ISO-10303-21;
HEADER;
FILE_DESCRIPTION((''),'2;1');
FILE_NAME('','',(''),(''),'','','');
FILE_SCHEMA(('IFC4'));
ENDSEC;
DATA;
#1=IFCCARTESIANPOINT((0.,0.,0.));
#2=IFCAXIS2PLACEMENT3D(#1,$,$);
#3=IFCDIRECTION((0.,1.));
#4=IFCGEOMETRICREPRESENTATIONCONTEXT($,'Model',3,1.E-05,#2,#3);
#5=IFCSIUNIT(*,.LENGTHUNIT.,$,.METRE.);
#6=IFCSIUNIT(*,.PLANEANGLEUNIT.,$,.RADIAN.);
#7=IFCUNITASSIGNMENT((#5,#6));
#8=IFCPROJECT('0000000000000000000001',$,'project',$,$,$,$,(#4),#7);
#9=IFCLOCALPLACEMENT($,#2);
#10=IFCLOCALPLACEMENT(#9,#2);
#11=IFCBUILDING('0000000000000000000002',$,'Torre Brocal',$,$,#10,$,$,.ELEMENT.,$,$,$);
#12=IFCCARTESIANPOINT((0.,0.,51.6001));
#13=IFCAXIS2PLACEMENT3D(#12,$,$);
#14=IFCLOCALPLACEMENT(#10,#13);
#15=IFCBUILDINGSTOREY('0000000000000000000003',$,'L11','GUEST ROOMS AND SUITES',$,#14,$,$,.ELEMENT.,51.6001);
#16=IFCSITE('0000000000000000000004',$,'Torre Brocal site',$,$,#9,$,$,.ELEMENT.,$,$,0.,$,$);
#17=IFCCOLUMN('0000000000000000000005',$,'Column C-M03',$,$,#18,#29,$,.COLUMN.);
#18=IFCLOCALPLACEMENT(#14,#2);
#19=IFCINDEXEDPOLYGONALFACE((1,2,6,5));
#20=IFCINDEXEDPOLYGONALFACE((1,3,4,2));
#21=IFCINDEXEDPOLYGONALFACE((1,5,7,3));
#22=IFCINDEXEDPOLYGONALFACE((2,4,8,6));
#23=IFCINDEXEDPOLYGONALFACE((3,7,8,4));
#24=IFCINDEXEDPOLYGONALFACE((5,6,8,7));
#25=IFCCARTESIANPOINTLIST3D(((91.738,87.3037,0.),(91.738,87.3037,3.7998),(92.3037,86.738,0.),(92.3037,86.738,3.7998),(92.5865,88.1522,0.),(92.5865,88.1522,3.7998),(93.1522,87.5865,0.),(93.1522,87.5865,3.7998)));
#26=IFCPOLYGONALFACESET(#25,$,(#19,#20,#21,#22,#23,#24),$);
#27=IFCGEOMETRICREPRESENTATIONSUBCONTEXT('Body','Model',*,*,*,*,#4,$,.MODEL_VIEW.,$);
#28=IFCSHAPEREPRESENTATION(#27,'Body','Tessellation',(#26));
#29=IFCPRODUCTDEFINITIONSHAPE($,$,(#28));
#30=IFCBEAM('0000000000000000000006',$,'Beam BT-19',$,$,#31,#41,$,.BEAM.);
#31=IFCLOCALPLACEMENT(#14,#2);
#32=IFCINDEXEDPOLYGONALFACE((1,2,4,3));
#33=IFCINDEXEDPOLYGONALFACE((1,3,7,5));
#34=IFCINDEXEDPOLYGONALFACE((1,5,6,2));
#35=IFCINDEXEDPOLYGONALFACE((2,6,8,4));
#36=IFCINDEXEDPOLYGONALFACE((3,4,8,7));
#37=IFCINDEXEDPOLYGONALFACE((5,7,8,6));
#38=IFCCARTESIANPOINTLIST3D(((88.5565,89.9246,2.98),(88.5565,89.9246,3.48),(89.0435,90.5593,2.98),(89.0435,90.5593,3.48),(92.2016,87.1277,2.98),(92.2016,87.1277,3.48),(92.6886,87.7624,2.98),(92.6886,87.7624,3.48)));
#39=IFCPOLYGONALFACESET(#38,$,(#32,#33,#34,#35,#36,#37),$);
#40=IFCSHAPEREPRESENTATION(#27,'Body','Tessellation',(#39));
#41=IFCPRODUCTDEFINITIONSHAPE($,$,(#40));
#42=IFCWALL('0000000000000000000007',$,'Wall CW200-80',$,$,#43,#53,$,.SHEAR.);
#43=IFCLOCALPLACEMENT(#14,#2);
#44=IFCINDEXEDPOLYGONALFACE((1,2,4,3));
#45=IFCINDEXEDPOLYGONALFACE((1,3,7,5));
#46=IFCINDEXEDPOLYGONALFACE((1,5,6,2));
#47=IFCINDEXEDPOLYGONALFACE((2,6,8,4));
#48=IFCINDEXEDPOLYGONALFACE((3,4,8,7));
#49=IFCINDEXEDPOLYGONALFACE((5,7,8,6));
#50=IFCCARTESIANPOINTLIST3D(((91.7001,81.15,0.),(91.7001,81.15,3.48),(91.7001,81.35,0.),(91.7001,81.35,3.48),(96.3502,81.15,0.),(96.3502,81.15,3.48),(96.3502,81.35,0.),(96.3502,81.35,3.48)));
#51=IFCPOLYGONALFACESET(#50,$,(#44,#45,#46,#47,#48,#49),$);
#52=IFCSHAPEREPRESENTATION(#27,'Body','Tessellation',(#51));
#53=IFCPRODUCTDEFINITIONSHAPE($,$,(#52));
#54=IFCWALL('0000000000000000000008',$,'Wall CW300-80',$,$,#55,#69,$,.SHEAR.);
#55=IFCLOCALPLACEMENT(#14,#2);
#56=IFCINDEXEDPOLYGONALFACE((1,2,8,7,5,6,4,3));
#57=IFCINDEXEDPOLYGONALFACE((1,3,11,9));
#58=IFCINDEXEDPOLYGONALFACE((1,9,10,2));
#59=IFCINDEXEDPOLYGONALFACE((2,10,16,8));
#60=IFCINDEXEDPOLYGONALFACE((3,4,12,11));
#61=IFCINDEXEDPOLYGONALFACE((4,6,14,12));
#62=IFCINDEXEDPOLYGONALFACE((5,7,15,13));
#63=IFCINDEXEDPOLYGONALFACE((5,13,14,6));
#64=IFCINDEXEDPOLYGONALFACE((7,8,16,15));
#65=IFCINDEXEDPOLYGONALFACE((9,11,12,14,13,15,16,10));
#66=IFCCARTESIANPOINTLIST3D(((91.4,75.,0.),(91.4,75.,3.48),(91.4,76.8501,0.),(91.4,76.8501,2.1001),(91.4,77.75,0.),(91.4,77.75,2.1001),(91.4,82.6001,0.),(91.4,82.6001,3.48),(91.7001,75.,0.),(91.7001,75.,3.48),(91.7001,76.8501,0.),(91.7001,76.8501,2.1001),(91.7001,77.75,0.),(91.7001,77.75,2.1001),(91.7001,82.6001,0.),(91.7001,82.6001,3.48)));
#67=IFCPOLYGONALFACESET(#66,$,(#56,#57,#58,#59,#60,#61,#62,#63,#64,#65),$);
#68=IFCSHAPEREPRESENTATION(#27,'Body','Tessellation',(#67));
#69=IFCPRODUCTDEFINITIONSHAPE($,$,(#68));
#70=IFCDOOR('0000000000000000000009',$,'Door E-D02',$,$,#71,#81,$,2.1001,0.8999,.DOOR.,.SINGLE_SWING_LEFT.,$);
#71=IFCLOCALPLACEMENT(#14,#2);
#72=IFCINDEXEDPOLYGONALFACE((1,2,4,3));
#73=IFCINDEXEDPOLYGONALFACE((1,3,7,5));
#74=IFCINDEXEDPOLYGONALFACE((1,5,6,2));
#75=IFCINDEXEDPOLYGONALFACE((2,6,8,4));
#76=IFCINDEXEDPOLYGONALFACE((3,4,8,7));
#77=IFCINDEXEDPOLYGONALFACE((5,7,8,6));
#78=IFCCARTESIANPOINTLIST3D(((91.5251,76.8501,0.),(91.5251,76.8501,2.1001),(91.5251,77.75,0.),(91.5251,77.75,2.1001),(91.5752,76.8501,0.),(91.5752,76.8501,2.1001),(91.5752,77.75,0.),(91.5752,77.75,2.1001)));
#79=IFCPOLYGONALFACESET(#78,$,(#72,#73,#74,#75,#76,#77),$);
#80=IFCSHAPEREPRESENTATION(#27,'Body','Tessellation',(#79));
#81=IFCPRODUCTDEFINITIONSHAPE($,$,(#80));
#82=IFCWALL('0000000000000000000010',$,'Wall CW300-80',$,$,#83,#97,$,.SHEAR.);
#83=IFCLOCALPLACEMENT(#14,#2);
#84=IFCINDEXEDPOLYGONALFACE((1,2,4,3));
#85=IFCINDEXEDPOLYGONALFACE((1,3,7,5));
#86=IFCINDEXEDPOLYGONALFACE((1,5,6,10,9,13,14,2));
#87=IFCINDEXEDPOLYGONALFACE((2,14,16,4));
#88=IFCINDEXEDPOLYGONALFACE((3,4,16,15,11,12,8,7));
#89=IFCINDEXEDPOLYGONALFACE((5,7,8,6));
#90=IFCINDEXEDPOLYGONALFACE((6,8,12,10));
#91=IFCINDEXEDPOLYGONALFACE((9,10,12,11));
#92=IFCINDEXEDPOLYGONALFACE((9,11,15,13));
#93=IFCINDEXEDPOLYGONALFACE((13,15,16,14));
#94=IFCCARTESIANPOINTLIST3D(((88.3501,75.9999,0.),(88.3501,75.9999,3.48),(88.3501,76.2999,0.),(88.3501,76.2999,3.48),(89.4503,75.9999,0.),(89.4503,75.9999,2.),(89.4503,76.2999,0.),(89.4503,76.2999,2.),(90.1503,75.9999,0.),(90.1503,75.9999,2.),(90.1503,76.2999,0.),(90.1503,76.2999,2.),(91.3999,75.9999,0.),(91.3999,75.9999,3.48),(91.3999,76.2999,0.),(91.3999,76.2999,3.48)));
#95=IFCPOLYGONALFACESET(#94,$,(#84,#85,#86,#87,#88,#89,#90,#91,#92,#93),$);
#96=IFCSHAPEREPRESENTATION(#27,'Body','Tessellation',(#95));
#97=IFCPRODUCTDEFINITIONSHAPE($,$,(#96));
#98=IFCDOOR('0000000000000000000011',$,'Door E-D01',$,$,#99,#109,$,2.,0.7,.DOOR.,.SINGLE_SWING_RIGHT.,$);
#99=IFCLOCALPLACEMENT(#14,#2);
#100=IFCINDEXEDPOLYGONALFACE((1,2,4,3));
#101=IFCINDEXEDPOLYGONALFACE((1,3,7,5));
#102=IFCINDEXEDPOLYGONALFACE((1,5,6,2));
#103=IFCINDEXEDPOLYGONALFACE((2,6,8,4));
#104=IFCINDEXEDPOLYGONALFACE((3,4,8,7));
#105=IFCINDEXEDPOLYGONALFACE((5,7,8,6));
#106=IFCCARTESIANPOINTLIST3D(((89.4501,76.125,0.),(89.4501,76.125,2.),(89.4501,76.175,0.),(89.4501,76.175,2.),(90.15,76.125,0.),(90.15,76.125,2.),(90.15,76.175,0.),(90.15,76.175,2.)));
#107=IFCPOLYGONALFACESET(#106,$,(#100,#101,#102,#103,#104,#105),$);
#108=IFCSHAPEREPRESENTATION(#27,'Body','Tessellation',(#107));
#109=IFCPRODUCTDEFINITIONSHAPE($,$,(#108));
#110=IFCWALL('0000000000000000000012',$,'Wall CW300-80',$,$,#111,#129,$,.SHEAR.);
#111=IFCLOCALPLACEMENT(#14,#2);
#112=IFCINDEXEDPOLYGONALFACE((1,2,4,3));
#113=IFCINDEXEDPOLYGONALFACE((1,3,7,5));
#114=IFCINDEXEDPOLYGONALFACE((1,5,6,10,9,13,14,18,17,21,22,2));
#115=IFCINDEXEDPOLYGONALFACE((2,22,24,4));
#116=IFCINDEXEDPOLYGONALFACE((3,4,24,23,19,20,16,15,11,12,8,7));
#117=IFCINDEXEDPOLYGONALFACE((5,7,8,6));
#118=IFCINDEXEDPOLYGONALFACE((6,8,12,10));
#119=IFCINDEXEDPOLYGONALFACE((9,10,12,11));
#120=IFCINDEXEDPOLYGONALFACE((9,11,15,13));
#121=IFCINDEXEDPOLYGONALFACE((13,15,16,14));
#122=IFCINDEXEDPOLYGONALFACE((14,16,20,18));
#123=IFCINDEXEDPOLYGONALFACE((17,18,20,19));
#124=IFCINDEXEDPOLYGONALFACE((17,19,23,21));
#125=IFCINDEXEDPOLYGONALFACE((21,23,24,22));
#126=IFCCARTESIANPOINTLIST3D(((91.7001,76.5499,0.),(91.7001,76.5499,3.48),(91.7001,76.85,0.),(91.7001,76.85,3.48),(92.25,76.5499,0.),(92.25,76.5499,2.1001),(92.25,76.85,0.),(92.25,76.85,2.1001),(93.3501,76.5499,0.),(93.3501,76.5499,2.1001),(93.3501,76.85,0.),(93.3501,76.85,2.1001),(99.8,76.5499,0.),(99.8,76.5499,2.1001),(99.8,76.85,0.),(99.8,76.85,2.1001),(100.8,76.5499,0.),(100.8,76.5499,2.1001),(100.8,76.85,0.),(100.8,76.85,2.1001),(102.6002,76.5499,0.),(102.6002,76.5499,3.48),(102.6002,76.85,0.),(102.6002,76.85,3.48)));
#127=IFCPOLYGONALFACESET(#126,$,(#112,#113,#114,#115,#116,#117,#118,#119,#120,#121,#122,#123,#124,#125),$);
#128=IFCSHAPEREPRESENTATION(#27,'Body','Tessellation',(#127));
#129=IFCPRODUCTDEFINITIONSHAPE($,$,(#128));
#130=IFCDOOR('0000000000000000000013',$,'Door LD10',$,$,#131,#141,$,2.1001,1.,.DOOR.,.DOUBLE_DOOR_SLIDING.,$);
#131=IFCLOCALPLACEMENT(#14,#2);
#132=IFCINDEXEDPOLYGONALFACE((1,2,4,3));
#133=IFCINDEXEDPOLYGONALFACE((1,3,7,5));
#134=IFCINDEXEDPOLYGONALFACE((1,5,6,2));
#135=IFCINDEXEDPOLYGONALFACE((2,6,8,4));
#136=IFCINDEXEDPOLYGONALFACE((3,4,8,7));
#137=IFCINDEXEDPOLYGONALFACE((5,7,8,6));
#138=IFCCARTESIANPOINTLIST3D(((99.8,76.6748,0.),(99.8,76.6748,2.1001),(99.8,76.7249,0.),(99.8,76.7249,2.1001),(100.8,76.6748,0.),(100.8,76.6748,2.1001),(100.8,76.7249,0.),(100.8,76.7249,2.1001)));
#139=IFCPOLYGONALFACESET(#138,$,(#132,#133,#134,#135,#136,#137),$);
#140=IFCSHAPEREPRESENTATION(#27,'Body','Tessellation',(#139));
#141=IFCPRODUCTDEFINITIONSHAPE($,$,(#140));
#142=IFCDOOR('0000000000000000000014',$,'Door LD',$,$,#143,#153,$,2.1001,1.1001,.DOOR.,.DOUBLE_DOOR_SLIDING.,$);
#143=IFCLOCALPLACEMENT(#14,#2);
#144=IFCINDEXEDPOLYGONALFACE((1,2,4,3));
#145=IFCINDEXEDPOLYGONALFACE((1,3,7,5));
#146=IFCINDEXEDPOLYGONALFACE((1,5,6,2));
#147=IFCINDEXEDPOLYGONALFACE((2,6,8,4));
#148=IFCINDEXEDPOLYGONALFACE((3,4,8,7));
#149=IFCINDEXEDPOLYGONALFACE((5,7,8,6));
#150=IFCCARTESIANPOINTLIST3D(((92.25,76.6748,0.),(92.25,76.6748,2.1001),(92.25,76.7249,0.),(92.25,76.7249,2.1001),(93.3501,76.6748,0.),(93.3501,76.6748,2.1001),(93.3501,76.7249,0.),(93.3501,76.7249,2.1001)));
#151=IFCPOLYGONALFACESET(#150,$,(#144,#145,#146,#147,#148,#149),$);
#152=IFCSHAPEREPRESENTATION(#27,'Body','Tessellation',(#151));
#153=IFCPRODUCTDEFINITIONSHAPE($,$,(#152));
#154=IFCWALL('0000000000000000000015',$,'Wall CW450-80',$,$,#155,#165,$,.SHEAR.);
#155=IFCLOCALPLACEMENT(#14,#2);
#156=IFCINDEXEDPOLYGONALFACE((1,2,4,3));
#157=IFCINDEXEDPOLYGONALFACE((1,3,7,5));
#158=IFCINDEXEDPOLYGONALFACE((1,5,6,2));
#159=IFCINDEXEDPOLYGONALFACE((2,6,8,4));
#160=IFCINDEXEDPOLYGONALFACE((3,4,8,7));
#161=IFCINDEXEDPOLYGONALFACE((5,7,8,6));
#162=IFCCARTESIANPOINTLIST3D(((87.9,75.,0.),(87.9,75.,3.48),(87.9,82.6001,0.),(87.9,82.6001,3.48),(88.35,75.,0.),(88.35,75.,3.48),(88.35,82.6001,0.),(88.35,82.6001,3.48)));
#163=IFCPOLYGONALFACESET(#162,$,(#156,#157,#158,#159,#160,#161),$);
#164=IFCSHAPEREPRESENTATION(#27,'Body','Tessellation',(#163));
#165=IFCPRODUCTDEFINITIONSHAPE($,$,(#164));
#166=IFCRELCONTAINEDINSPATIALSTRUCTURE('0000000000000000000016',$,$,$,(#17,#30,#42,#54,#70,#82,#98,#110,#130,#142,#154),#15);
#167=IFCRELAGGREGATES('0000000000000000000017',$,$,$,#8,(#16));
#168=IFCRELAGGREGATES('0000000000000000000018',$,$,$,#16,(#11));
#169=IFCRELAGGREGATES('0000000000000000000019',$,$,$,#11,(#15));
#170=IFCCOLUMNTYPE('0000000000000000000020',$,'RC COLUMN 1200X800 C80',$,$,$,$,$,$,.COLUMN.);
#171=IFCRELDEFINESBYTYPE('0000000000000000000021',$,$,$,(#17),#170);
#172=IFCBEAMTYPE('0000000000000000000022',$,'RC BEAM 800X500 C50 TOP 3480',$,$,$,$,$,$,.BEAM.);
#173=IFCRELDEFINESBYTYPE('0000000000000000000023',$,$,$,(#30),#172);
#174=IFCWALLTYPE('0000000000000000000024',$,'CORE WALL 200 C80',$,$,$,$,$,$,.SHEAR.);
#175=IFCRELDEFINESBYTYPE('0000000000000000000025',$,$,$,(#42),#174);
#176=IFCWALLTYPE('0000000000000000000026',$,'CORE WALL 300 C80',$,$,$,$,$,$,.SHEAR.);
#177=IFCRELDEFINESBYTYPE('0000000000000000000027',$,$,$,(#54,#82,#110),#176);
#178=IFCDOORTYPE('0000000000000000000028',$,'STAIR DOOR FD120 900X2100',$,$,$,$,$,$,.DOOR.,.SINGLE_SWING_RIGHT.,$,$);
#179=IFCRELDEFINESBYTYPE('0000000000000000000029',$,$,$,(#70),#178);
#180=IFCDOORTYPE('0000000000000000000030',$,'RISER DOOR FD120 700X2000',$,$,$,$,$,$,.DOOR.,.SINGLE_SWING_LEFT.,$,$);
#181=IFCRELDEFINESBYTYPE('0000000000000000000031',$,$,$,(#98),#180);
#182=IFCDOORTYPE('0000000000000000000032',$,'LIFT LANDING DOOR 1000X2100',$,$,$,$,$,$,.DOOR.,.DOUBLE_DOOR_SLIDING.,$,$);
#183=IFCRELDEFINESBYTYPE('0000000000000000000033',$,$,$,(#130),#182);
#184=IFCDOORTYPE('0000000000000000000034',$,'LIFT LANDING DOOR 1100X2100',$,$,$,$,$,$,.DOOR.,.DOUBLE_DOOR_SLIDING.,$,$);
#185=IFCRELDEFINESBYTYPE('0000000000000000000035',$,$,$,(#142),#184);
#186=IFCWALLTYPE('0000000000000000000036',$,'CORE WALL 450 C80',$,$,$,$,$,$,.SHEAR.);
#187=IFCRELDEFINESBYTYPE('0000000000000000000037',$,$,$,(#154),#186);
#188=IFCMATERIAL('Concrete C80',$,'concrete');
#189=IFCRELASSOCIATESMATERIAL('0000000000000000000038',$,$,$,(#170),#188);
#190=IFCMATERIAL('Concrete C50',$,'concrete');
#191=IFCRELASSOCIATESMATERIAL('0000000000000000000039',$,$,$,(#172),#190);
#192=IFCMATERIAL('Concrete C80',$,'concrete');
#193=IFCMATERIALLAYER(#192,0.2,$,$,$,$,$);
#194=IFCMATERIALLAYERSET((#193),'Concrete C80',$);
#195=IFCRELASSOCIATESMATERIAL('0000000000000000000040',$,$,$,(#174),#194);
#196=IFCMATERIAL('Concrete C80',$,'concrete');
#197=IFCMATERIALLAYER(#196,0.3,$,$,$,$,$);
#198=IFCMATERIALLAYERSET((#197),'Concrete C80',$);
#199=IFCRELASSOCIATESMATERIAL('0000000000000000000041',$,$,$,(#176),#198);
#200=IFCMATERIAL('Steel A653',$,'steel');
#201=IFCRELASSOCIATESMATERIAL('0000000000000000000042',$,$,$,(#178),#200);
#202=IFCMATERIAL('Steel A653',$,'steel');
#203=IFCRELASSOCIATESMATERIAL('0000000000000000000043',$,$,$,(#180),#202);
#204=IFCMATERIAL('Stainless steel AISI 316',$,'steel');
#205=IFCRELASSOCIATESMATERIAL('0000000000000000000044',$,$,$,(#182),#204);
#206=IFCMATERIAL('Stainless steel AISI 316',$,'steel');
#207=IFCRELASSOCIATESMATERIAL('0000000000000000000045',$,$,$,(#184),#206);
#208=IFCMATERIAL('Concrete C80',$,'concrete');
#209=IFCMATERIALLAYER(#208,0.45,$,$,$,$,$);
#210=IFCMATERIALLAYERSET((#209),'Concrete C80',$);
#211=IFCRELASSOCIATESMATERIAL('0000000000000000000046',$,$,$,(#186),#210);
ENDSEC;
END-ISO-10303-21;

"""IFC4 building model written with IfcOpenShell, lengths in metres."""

from ifc_helpers import new_model, si_unit, direction, frame, frame_2d, origin, origin_2d, place, context, subcontext, project, spatial, rectangle, extrude, material, layer, layer_set, material_profile, profile_set, type_object, element, fill, save


model = new_model("IFC4")

# Units and contexts
model_context = context("Model", 3, precision=1e-05, world=origin(), true_north=direction((0.0, 1.0)))
body_context = subcontext(model_context, "Body", "Model", "MODEL_VIEW")
ifc_project = project(units=[si_unit("LENGTHUNIT", "METRE"), si_unit("PLANEANGLEUNIT", "RADIAN")], contexts=[model_context])

# Site, building, storey
site_placement = place(None, origin())
site = spatial("IfcSite", under=ifc_project, at=site_placement, Name="Torre Brocal site", CompositionType="ELEMENT", RefElevation=0.0)
building_placement = place(site_placement, origin())
building = spatial("IfcBuilding", under=site, at=building_placement, Name="Torre Brocal", CompositionType="ELEMENT")
storey_placement = place(building_placement, frame((0.0, 0.0, 51.6001)))
storey = spatial("IfcBuildingStorey", under=building, at=storey_placement, Name="L11", Description="GUEST ROOMS AND SUITES", CompositionType="ELEMENT", Elevation=51.6001)

# Column
ifc_material_1 = material(Name="Concrete C80", Category="concrete")
ifc_material_profile_1 = material_profile(ifc_material_1, rectangle(XDim=1.2, YDim=0.8, at=origin_2d()), Name="RC 1200X800")
ifc_profile_set_1 = profile_set([ifc_material_profile_1], Name="Concrete C80")
column_type = type_object("IfcColumnType", Name="RC COLUMN 1200X800 C80", PredefinedType="COLUMN", material=ifc_profile_set_1)
column_placement = place(storey_placement, frame((92.4451, 87.4451, 0.0), z_axis=(0.0, 0.0, 1.0), x_axis=(0.707107, 0.707107, 0.0)))
element("IfcColumn", 1, at=column_placement, inside=storey, type_object=column_type, Name="Column C-M03", PredefinedType="COLUMN", context=body_context, shape_type="SweptSolid", body=[
    extrude(rectangle(XDim=1.2, YDim=0.8, at=origin_2d()), origin(), (0.0, 0.0, 1.0), 3.7998),
])

# Beam
ifc_material_2 = material(Name="Concrete C50", Category="concrete")
ifc_material_profile_2 = material_profile(ifc_material_2, rectangle(XDim=0.8, YDim=0.5, at=origin_2d()), Name="RC 800X500")
ifc_profile_set_2 = profile_set([ifc_material_profile_2], Name="Concrete C50")
beam_type = type_object("IfcBeamType", Name="RC BEAM 800X500 C50 TOP 3480", PredefinedType="BEAM", material=ifc_profile_set_2)
beam_placement = place(storey_placement, frame((92.4451, 87.4451, 3.23), z_axis=(-0.793358, 0.608755, 0.0), x_axis=(-0.608755, -0.793358, 0.0)))
element("IfcBeam", 2, at=beam_placement, inside=storey, type_object=beam_type, Name="Beam BT-19", PredefinedType="BEAM", context=body_context, shape_type="SweptSolid", body=[
    extrude(rectangle(XDim=0.8, YDim=0.5, at=origin_2d()), origin(), (0.0, 0.0, 1.0), 4.5945),
])

# Wall
ifc_material_3 = material(Name="Concrete C80", Category="concrete")
ifc_layer_1 = layer(ifc_material_3, 0.2)
ifc_layer_set_1 = layer_set([ifc_layer_1], Name="Concrete C80")
wall_type_1 = type_object("IfcWallType", Name="CORE WALL 200 C80", PredefinedType="SHEAR", material=ifc_layer_set_1)
wall_1_placement = place(storey_placement, frame((91.7, 81.25, 0.0), z_axis=(0.0, 0.0, 1.0), x_axis=(1.0, 0.0, 0.0)))
element("IfcWall", 3, at=wall_1_placement, inside=storey, type_object=wall_type_1, Name="Wall CW200-80", PredefinedType="SHEAR", context=body_context, shape_type="SweptSolid", body=[
    extrude(rectangle(XDim=4.6501, YDim=0.2, at=frame_2d((2.3252, 0.0))), origin(), (0.0, 0.0, 1.0), 3.48),
])

# Walls, openings, doors
ifc_material_4 = material(Name="Concrete C80", Category="concrete")
ifc_layer_2 = layer(ifc_material_4, 0.3)
ifc_layer_set_2 = layer_set([ifc_layer_2], Name="Concrete C80")
wall_type_2 = type_object("IfcWallType", Name="CORE WALL 300 C80", PredefinedType="SHEAR", material=ifc_layer_set_2)
wall_2_placement = place(storey_placement, frame((91.55, 75.0, 0.0), z_axis=(0.0, 0.0, 1.0), x_axis=(0.0, 1.0, 0.0)))
wall_2 = element("IfcWall", 4, at=wall_2_placement, inside=storey, type_object=wall_type_2, Name="Wall CW300-80", PredefinedType="SHEAR", context=body_context, shape_type="SweptSolid", body=[
    extrude(rectangle(XDim=7.6001, YDim=0.3, at=frame_2d((3.8, 0.0))), origin(), (0.0, 0.0, 1.0), 3.48),
])
opening_1_placement = place(wall_2_placement, frame((1.8501, 0.0, 0.0)))
opening_1 = element("IfcOpeningElement", 5, at=opening_1_placement, cuts=wall_2, PredefinedType="OPENING", context=body_context, shape_type="SweptSolid", body=[
    extrude(rectangle(XDim=0.8999, YDim=2.1001, at=frame_2d((0.45, 1.05))), frame((0.0, 0.1599, 0.0), z_axis=(0.0, -1.0, 0.0), x_axis=(1.0, 0.0, 0.0)), (0.0, 0.0, 1.0), 0.3201),
])
ifc_material_5 = material(Name="Steel A653", Category="steel")
door_type_1 = type_object("IfcDoorType", Name="STAIR DOOR FD120 900X2100", OperationType="SINGLE_SWING_RIGHT", PredefinedType="DOOR", material=ifc_material_5)
door_1_placement = place(opening_1_placement, origin())
door_1 = element("IfcDoor", 6, at=door_1_placement, inside=storey, type_object=door_type_1, Name="Door E-D02", OperationType="SINGLE_SWING_LEFT", OverallHeight=2.1001, OverallWidth=0.8999, PredefinedType="DOOR", context=body_context, shape_type="SweptSolid", body=[
    extrude(rectangle(XDim=0.8999, YDim=2.1001, at=frame_2d((0.45, 1.05))), frame((0.0, 0.0249, 0.0), z_axis=(0.0, -1.0, 0.0), x_axis=(1.0, 0.0, 0.0)), (0.0, 0.0, 1.0), 0.05),
])
fill(opening_1, door_1)
wall_3_placement = place(storey_placement, frame((88.3501, 76.1499, 0.0), z_axis=(0.0, 0.0, 1.0), x_axis=(1.0, 0.0, 0.0)))
wall_3 = element("IfcWall", 7, at=wall_3_placement, inside=storey, type_object=wall_type_2, Name="Wall CW300-80", PredefinedType="SHEAR", context=body_context, shape_type="SweptSolid", body=[
    extrude(rectangle(XDim=3.0498, YDim=0.3, at=frame_2d((1.5249, 0.0))), origin(), (0.0, 0.0, 1.0), 3.48),
])
opening_2_placement = place(wall_3_placement, frame((1.1001, 0.0, 0.0)))
opening_2 = element("IfcOpeningElement", 8, at=opening_2_placement, cuts=wall_3, PredefinedType="OPENING", context=body_context, shape_type="SweptSolid", body=[
    extrude(rectangle(XDim=0.7, YDim=2.0, at=frame_2d((0.3501, 1.0))), frame((0.0, 0.1599, 0.0), z_axis=(0.0, -1.0, 0.0), x_axis=(1.0, 0.0, 0.0)), (0.0, 0.0, 1.0), 0.3201),
])
ifc_material_6 = material(Name="Steel A653", Category="steel")
door_type_2 = type_object("IfcDoorType", Name="RISER DOOR FD120 700X2000", OperationType="SINGLE_SWING_LEFT", PredefinedType="DOOR", material=ifc_material_6)
door_2_placement = place(opening_2_placement, frame((0.7, 0.0, 0.0), z_axis=(0.0, 0.0, 1.0), x_axis=(-1.0, 0.0, 0.0)))
door_2 = element("IfcDoor", 9, at=door_2_placement, inside=storey, type_object=door_type_2, Name="Door E-D01", OperationType="SINGLE_SWING_RIGHT", OverallHeight=2.0, OverallWidth=0.7, PredefinedType="DOOR", context=body_context, shape_type="SweptSolid", body=[
    extrude(rectangle(XDim=0.7, YDim=2.0, at=frame_2d((0.3501, 1.0))), frame((0.0, 0.0249, 0.0), z_axis=(0.0, -1.0, 0.0), x_axis=(1.0, 0.0, 0.0)), (0.0, 0.0, 1.0), 0.05),
])
fill(opening_2, door_2)

# Wall, openings, doors
wall_4_placement = place(storey_placement, frame((91.7, 76.7, 0.0), z_axis=(0.0, 0.0, 1.0), x_axis=(1.0, 0.0, 0.0)))
wall_4 = element("IfcWall", 10, at=wall_4_placement, inside=storey, type_object=wall_type_2, Name="Wall CW300-80", PredefinedType="SHEAR", context=body_context, shape_type="SweptSolid", body=[
    extrude(rectangle(XDim=10.9001, YDim=0.3, at=frame_2d((5.4502, 0.0))), origin(), (0.0, 0.0, 1.0), 3.48),
])
opening_3_placement = place(wall_4_placement, frame((0.55, 0.0, 0.0)))
opening_3 = element("IfcOpeningElement", 11, at=opening_3_placement, cuts=wall_4, PredefinedType="OPENING", context=body_context, shape_type="SweptSolid", body=[
    extrude(rectangle(XDim=1.1001, YDim=2.1001, at=frame_2d((0.55, 1.05))), frame((0.0, 0.1599, 0.0), z_axis=(0.0, -1.0, 0.0), x_axis=(1.0, 0.0, 0.0)), (0.0, 0.0, 1.0), 0.3201),
])
opening_4_placement = place(wall_4_placement, frame((8.1001, 0.0, 0.0)))
opening_4 = element("IfcOpeningElement", 12, at=opening_4_placement, cuts=wall_4, PredefinedType="OPENING", context=body_context, shape_type="SweptSolid", body=[
    extrude(rectangle(XDim=1.0, YDim=2.1001, at=frame_2d((0.5, 1.05))), frame((0.0, 0.1599, 0.0), z_axis=(0.0, -1.0, 0.0), x_axis=(1.0, 0.0, 0.0)), (0.0, 0.0, 1.0), 0.3201),
])
ifc_material_7 = material(Name="Stainless steel AISI 316", Category="steel")
door_type_3 = type_object("IfcDoorType", Name="LIFT LANDING DOOR 1000X2100", OperationType="DOUBLE_DOOR_SLIDING", PredefinedType="DOOR", material=ifc_material_7)
door_3_placement = place(opening_4_placement, origin())
door_3 = element("IfcDoor", 13, at=door_3_placement, inside=storey, type_object=door_type_3, Name="Door LD10", OperationType="DOUBLE_DOOR_SLIDING", OverallHeight=2.1001, OverallWidth=1.0, PredefinedType="DOOR", context=body_context, shape_type="SweptSolid", body=[
    extrude(rectangle(XDim=1.0, YDim=2.1001, at=frame_2d((0.5, 1.05))), frame((0.0, 0.0249, 0.0), z_axis=(0.0, -1.0, 0.0), x_axis=(1.0, 0.0, 0.0)), (0.0, 0.0, 1.0), 0.05),
])
fill(opening_4, door_3)
ifc_material_8 = material(Name="Stainless steel AISI 316", Category="steel")
door_type_4 = type_object("IfcDoorType", Name="LIFT LANDING DOOR 1100X2100", OperationType="DOUBLE_DOOR_SLIDING", PredefinedType="DOOR", material=ifc_material_8)
door_4_placement = place(opening_3_placement, origin())
door_4 = element("IfcDoor", 14, at=door_4_placement, inside=storey, type_object=door_type_4, Name="Door LD", OperationType="DOUBLE_DOOR_SLIDING", OverallHeight=2.1001, OverallWidth=1.1001, PredefinedType="DOOR", context=body_context, shape_type="SweptSolid", body=[
    extrude(rectangle(XDim=1.1001, YDim=2.1001, at=frame_2d((0.55, 1.05))), frame((0.0, 0.0249, 0.0), z_axis=(0.0, -1.0, 0.0), x_axis=(1.0, 0.0, 0.0)), (0.0, 0.0, 1.0), 0.05),
])
fill(opening_3, door_4)

# Wall
ifc_material_9 = material(Name="Concrete C80", Category="concrete")
ifc_layer_3 = layer(ifc_material_9, 0.45)
ifc_layer_set_3 = layer_set([ifc_layer_3], Name="Concrete C80")
wall_type_3 = type_object("IfcWallType", Name="CORE WALL 450 C80", PredefinedType="SHEAR", material=ifc_layer_set_3)
wall_5_placement = place(storey_placement, frame((88.125, 75.0, 0.0), z_axis=(0.0, 0.0, 1.0), x_axis=(0.0, 1.0, 0.0)))
element("IfcWall", 15, at=wall_5_placement, inside=storey, type_object=wall_type_3, Name="Wall CW450-80", PredefinedType="SHEAR", context=body_context, shape_type="SweptSolid", body=[
    extrude(rectangle(XDim=7.6001, YDim=0.45, at=frame_2d((3.8, 0.0))), origin(), (0.0, 0.0, 1.0), 3.48),
])

save(model, "model.ifc")
